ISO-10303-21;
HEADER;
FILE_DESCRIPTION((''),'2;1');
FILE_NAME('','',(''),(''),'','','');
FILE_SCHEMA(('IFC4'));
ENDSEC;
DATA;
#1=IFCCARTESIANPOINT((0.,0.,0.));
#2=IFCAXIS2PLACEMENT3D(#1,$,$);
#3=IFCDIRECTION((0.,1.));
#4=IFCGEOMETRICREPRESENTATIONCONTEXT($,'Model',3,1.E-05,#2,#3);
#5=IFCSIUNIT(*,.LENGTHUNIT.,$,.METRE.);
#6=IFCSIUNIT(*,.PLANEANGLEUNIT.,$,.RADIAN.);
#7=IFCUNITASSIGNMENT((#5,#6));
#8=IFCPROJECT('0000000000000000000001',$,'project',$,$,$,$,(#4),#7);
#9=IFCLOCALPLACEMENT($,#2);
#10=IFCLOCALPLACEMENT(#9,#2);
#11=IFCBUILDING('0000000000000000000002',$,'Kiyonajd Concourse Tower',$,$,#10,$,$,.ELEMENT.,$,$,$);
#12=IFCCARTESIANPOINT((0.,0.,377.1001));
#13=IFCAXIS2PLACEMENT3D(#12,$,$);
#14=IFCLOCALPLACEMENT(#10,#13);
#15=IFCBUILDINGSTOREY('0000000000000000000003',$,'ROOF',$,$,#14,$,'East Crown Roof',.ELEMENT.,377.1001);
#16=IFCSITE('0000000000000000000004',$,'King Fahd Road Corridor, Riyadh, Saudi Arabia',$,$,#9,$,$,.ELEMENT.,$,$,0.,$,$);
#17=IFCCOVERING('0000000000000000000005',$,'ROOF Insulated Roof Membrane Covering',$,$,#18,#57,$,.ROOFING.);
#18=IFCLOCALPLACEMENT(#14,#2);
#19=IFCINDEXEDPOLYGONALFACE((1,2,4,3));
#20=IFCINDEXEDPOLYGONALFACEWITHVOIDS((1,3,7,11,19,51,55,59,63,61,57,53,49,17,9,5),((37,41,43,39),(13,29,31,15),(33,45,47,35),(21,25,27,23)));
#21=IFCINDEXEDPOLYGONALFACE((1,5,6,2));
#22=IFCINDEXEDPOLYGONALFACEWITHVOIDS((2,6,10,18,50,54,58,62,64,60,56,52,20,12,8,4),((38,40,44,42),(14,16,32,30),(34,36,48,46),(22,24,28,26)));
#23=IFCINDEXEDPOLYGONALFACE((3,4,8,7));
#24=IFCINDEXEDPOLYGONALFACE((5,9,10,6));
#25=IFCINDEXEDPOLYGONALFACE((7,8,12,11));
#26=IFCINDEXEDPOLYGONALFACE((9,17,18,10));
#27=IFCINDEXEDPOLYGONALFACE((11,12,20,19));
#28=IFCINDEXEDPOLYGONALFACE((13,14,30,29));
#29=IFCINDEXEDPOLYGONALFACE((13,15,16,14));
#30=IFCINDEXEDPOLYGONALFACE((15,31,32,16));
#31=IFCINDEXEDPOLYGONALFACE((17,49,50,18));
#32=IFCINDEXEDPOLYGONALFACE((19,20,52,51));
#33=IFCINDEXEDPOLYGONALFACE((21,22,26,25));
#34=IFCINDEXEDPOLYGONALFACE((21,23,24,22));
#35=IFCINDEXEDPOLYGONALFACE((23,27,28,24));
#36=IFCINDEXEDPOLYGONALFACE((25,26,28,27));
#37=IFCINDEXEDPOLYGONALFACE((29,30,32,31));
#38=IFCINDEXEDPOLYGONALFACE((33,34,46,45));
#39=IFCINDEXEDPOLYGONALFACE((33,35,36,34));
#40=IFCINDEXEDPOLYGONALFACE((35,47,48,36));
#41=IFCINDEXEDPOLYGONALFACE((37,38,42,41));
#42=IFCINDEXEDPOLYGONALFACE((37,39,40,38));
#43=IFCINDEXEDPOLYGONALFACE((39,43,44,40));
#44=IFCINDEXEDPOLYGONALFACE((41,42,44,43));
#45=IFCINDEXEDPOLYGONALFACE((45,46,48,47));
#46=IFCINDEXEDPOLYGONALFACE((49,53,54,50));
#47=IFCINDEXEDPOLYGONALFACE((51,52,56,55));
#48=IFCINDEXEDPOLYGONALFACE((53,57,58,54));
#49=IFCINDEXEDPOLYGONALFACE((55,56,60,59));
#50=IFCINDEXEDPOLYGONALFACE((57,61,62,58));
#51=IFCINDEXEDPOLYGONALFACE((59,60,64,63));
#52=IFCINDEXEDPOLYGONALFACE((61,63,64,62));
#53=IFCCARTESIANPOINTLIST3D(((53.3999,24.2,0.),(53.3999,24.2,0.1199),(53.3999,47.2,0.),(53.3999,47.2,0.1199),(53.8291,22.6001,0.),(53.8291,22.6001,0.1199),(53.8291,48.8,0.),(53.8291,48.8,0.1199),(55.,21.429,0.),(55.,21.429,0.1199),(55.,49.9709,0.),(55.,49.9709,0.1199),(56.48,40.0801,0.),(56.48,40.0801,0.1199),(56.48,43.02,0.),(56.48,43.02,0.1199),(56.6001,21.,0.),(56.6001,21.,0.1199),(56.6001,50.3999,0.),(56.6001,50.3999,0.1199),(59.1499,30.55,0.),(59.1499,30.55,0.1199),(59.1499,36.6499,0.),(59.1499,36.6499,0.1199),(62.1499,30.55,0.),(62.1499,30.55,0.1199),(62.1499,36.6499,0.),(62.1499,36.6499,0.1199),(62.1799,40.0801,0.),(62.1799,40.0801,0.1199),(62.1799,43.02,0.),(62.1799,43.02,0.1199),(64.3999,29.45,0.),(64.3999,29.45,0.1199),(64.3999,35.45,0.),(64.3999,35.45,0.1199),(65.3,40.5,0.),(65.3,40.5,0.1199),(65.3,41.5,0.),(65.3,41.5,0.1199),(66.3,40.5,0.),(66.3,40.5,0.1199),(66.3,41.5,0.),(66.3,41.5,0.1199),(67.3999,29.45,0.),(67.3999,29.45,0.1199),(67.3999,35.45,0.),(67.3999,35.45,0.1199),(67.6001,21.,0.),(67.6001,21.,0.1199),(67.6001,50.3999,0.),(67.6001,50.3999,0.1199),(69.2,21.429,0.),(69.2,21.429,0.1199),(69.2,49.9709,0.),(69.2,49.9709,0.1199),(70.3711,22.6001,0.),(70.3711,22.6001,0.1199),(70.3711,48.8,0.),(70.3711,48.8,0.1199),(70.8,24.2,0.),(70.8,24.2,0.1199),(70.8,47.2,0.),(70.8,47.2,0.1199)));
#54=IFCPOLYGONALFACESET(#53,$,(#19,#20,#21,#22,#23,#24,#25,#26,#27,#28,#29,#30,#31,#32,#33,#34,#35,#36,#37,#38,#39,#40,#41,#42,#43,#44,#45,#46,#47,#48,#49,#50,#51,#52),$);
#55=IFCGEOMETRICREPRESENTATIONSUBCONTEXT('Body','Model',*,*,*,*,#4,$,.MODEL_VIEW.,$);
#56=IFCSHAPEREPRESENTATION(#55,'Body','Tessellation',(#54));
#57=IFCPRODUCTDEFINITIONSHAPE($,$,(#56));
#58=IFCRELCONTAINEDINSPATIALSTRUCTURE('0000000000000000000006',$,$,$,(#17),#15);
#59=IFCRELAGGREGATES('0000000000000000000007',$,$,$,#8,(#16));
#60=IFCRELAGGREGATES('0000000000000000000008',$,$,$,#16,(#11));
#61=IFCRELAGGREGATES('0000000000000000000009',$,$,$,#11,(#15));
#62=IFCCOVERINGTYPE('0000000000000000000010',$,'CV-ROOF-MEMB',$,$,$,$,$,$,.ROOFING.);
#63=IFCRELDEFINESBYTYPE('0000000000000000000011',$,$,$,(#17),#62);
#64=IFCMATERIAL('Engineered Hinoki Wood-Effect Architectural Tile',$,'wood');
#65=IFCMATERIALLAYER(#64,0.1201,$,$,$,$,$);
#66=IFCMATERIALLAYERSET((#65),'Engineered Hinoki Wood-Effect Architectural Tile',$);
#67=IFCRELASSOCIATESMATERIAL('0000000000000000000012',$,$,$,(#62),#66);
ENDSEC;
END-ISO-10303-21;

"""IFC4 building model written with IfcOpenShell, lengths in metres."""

from ifc_helpers import new_model, si_unit, direction, frame, origin, place, context, subcontext, project, spatial, polyline, outline, extrude, material, layer, layer_set, type_object, element, save


model = new_model("IFC4")

# Units and contexts
model_context = context("Model", 3, precision=1e-05, world=origin(), true_north=direction((0.0, 1.0)))
body_context = subcontext(model_context, "Body", "Model", "MODEL_VIEW")
ifc_project = project(units=[si_unit("LENGTHUNIT", "METRE"), si_unit("PLANEANGLEUNIT", "RADIAN")], contexts=[model_context])

# Site, building, storey
site_placement = place(None, origin())
site = spatial("IfcSite", under=ifc_project, at=site_placement, Name="King Fahd Road Corridor, Riyadh, Saudi Arabia", CompositionType="ELEMENT", RefElevation=0.0)
building_placement = place(site_placement, origin())
building = spatial("IfcBuilding", under=site, at=building_placement, Name="Kiyonajd Concourse Tower", CompositionType="ELEMENT")
storey_placement = place(building_placement, frame((0.0, 0.0, 377.1001)))
storey = spatial("IfcBuildingStorey", under=building, at=storey_placement, Name="ROOF", LongName="East Crown Roof", CompositionType="ELEMENT", Elevation=377.1001)

# Covering
ifc_material_1 = material(Name="Engineered Hinoki Wood-Effect Architectural Tile", Category="wood")
ifc_layer_1 = layer(ifc_material_1, 0.1201)
ifc_layer_set_1 = layer_set([ifc_layer_1], Name="Engineered Hinoki Wood-Effect Architectural Tile")
covering_type = type_object("IfcCoveringType", Name="CV-ROOF-MEMB", PredefinedType="ROOFING", material=ifc_layer_set_1)
covering_placement = place(storey_placement, origin())
element("IfcCovering", 1, at=covering_placement, inside=storey, type_object=covering_type, Name="ROOF Insulated Roof Membrane Covering", PredefinedType="ROOFING", context=body_context, shape_type="SweptSolid", body=[
    extrude(outline(polyline([(53.3999, 24.2), (53.8291, 22.6001), (55.0, 21.429), (56.6001, 21.0), (67.6001, 21.0), (69.2, 21.429), (70.3711, 22.6001), (70.8, 24.2), (70.8, 47.2), (70.3711, 48.8), (69.2, 49.9709), (67.6001, 50.3999), (56.6001, 50.3999), (55.0, 49.9709), (53.8291, 48.8), (53.3999, 47.2), (53.3999, 24.2)]), holes=[polyline([(59.1499, 30.55), (59.1499, 36.6499), (62.1499, 36.6499), (62.1499, 30.55), (59.1499, 30.55)]), polyline([(56.48, 43.02), (62.1799, 43.02), (62.1799, 40.0801), (56.48, 40.0801), (56.48, 43.02)]), polyline([(64.3999, 29.45), (64.3999, 35.45), (67.3999, 35.45), (67.3999, 29.45), (64.3999, 29.45)]), polyline([(65.3, 40.5), (66.3, 40.5), (66.3, 41.5), (65.3, 41.5), (65.3, 40.5)])]), origin(), (0.0, 0.0, 1.0), 0.1199),
])

save(model, "model.ifc")
